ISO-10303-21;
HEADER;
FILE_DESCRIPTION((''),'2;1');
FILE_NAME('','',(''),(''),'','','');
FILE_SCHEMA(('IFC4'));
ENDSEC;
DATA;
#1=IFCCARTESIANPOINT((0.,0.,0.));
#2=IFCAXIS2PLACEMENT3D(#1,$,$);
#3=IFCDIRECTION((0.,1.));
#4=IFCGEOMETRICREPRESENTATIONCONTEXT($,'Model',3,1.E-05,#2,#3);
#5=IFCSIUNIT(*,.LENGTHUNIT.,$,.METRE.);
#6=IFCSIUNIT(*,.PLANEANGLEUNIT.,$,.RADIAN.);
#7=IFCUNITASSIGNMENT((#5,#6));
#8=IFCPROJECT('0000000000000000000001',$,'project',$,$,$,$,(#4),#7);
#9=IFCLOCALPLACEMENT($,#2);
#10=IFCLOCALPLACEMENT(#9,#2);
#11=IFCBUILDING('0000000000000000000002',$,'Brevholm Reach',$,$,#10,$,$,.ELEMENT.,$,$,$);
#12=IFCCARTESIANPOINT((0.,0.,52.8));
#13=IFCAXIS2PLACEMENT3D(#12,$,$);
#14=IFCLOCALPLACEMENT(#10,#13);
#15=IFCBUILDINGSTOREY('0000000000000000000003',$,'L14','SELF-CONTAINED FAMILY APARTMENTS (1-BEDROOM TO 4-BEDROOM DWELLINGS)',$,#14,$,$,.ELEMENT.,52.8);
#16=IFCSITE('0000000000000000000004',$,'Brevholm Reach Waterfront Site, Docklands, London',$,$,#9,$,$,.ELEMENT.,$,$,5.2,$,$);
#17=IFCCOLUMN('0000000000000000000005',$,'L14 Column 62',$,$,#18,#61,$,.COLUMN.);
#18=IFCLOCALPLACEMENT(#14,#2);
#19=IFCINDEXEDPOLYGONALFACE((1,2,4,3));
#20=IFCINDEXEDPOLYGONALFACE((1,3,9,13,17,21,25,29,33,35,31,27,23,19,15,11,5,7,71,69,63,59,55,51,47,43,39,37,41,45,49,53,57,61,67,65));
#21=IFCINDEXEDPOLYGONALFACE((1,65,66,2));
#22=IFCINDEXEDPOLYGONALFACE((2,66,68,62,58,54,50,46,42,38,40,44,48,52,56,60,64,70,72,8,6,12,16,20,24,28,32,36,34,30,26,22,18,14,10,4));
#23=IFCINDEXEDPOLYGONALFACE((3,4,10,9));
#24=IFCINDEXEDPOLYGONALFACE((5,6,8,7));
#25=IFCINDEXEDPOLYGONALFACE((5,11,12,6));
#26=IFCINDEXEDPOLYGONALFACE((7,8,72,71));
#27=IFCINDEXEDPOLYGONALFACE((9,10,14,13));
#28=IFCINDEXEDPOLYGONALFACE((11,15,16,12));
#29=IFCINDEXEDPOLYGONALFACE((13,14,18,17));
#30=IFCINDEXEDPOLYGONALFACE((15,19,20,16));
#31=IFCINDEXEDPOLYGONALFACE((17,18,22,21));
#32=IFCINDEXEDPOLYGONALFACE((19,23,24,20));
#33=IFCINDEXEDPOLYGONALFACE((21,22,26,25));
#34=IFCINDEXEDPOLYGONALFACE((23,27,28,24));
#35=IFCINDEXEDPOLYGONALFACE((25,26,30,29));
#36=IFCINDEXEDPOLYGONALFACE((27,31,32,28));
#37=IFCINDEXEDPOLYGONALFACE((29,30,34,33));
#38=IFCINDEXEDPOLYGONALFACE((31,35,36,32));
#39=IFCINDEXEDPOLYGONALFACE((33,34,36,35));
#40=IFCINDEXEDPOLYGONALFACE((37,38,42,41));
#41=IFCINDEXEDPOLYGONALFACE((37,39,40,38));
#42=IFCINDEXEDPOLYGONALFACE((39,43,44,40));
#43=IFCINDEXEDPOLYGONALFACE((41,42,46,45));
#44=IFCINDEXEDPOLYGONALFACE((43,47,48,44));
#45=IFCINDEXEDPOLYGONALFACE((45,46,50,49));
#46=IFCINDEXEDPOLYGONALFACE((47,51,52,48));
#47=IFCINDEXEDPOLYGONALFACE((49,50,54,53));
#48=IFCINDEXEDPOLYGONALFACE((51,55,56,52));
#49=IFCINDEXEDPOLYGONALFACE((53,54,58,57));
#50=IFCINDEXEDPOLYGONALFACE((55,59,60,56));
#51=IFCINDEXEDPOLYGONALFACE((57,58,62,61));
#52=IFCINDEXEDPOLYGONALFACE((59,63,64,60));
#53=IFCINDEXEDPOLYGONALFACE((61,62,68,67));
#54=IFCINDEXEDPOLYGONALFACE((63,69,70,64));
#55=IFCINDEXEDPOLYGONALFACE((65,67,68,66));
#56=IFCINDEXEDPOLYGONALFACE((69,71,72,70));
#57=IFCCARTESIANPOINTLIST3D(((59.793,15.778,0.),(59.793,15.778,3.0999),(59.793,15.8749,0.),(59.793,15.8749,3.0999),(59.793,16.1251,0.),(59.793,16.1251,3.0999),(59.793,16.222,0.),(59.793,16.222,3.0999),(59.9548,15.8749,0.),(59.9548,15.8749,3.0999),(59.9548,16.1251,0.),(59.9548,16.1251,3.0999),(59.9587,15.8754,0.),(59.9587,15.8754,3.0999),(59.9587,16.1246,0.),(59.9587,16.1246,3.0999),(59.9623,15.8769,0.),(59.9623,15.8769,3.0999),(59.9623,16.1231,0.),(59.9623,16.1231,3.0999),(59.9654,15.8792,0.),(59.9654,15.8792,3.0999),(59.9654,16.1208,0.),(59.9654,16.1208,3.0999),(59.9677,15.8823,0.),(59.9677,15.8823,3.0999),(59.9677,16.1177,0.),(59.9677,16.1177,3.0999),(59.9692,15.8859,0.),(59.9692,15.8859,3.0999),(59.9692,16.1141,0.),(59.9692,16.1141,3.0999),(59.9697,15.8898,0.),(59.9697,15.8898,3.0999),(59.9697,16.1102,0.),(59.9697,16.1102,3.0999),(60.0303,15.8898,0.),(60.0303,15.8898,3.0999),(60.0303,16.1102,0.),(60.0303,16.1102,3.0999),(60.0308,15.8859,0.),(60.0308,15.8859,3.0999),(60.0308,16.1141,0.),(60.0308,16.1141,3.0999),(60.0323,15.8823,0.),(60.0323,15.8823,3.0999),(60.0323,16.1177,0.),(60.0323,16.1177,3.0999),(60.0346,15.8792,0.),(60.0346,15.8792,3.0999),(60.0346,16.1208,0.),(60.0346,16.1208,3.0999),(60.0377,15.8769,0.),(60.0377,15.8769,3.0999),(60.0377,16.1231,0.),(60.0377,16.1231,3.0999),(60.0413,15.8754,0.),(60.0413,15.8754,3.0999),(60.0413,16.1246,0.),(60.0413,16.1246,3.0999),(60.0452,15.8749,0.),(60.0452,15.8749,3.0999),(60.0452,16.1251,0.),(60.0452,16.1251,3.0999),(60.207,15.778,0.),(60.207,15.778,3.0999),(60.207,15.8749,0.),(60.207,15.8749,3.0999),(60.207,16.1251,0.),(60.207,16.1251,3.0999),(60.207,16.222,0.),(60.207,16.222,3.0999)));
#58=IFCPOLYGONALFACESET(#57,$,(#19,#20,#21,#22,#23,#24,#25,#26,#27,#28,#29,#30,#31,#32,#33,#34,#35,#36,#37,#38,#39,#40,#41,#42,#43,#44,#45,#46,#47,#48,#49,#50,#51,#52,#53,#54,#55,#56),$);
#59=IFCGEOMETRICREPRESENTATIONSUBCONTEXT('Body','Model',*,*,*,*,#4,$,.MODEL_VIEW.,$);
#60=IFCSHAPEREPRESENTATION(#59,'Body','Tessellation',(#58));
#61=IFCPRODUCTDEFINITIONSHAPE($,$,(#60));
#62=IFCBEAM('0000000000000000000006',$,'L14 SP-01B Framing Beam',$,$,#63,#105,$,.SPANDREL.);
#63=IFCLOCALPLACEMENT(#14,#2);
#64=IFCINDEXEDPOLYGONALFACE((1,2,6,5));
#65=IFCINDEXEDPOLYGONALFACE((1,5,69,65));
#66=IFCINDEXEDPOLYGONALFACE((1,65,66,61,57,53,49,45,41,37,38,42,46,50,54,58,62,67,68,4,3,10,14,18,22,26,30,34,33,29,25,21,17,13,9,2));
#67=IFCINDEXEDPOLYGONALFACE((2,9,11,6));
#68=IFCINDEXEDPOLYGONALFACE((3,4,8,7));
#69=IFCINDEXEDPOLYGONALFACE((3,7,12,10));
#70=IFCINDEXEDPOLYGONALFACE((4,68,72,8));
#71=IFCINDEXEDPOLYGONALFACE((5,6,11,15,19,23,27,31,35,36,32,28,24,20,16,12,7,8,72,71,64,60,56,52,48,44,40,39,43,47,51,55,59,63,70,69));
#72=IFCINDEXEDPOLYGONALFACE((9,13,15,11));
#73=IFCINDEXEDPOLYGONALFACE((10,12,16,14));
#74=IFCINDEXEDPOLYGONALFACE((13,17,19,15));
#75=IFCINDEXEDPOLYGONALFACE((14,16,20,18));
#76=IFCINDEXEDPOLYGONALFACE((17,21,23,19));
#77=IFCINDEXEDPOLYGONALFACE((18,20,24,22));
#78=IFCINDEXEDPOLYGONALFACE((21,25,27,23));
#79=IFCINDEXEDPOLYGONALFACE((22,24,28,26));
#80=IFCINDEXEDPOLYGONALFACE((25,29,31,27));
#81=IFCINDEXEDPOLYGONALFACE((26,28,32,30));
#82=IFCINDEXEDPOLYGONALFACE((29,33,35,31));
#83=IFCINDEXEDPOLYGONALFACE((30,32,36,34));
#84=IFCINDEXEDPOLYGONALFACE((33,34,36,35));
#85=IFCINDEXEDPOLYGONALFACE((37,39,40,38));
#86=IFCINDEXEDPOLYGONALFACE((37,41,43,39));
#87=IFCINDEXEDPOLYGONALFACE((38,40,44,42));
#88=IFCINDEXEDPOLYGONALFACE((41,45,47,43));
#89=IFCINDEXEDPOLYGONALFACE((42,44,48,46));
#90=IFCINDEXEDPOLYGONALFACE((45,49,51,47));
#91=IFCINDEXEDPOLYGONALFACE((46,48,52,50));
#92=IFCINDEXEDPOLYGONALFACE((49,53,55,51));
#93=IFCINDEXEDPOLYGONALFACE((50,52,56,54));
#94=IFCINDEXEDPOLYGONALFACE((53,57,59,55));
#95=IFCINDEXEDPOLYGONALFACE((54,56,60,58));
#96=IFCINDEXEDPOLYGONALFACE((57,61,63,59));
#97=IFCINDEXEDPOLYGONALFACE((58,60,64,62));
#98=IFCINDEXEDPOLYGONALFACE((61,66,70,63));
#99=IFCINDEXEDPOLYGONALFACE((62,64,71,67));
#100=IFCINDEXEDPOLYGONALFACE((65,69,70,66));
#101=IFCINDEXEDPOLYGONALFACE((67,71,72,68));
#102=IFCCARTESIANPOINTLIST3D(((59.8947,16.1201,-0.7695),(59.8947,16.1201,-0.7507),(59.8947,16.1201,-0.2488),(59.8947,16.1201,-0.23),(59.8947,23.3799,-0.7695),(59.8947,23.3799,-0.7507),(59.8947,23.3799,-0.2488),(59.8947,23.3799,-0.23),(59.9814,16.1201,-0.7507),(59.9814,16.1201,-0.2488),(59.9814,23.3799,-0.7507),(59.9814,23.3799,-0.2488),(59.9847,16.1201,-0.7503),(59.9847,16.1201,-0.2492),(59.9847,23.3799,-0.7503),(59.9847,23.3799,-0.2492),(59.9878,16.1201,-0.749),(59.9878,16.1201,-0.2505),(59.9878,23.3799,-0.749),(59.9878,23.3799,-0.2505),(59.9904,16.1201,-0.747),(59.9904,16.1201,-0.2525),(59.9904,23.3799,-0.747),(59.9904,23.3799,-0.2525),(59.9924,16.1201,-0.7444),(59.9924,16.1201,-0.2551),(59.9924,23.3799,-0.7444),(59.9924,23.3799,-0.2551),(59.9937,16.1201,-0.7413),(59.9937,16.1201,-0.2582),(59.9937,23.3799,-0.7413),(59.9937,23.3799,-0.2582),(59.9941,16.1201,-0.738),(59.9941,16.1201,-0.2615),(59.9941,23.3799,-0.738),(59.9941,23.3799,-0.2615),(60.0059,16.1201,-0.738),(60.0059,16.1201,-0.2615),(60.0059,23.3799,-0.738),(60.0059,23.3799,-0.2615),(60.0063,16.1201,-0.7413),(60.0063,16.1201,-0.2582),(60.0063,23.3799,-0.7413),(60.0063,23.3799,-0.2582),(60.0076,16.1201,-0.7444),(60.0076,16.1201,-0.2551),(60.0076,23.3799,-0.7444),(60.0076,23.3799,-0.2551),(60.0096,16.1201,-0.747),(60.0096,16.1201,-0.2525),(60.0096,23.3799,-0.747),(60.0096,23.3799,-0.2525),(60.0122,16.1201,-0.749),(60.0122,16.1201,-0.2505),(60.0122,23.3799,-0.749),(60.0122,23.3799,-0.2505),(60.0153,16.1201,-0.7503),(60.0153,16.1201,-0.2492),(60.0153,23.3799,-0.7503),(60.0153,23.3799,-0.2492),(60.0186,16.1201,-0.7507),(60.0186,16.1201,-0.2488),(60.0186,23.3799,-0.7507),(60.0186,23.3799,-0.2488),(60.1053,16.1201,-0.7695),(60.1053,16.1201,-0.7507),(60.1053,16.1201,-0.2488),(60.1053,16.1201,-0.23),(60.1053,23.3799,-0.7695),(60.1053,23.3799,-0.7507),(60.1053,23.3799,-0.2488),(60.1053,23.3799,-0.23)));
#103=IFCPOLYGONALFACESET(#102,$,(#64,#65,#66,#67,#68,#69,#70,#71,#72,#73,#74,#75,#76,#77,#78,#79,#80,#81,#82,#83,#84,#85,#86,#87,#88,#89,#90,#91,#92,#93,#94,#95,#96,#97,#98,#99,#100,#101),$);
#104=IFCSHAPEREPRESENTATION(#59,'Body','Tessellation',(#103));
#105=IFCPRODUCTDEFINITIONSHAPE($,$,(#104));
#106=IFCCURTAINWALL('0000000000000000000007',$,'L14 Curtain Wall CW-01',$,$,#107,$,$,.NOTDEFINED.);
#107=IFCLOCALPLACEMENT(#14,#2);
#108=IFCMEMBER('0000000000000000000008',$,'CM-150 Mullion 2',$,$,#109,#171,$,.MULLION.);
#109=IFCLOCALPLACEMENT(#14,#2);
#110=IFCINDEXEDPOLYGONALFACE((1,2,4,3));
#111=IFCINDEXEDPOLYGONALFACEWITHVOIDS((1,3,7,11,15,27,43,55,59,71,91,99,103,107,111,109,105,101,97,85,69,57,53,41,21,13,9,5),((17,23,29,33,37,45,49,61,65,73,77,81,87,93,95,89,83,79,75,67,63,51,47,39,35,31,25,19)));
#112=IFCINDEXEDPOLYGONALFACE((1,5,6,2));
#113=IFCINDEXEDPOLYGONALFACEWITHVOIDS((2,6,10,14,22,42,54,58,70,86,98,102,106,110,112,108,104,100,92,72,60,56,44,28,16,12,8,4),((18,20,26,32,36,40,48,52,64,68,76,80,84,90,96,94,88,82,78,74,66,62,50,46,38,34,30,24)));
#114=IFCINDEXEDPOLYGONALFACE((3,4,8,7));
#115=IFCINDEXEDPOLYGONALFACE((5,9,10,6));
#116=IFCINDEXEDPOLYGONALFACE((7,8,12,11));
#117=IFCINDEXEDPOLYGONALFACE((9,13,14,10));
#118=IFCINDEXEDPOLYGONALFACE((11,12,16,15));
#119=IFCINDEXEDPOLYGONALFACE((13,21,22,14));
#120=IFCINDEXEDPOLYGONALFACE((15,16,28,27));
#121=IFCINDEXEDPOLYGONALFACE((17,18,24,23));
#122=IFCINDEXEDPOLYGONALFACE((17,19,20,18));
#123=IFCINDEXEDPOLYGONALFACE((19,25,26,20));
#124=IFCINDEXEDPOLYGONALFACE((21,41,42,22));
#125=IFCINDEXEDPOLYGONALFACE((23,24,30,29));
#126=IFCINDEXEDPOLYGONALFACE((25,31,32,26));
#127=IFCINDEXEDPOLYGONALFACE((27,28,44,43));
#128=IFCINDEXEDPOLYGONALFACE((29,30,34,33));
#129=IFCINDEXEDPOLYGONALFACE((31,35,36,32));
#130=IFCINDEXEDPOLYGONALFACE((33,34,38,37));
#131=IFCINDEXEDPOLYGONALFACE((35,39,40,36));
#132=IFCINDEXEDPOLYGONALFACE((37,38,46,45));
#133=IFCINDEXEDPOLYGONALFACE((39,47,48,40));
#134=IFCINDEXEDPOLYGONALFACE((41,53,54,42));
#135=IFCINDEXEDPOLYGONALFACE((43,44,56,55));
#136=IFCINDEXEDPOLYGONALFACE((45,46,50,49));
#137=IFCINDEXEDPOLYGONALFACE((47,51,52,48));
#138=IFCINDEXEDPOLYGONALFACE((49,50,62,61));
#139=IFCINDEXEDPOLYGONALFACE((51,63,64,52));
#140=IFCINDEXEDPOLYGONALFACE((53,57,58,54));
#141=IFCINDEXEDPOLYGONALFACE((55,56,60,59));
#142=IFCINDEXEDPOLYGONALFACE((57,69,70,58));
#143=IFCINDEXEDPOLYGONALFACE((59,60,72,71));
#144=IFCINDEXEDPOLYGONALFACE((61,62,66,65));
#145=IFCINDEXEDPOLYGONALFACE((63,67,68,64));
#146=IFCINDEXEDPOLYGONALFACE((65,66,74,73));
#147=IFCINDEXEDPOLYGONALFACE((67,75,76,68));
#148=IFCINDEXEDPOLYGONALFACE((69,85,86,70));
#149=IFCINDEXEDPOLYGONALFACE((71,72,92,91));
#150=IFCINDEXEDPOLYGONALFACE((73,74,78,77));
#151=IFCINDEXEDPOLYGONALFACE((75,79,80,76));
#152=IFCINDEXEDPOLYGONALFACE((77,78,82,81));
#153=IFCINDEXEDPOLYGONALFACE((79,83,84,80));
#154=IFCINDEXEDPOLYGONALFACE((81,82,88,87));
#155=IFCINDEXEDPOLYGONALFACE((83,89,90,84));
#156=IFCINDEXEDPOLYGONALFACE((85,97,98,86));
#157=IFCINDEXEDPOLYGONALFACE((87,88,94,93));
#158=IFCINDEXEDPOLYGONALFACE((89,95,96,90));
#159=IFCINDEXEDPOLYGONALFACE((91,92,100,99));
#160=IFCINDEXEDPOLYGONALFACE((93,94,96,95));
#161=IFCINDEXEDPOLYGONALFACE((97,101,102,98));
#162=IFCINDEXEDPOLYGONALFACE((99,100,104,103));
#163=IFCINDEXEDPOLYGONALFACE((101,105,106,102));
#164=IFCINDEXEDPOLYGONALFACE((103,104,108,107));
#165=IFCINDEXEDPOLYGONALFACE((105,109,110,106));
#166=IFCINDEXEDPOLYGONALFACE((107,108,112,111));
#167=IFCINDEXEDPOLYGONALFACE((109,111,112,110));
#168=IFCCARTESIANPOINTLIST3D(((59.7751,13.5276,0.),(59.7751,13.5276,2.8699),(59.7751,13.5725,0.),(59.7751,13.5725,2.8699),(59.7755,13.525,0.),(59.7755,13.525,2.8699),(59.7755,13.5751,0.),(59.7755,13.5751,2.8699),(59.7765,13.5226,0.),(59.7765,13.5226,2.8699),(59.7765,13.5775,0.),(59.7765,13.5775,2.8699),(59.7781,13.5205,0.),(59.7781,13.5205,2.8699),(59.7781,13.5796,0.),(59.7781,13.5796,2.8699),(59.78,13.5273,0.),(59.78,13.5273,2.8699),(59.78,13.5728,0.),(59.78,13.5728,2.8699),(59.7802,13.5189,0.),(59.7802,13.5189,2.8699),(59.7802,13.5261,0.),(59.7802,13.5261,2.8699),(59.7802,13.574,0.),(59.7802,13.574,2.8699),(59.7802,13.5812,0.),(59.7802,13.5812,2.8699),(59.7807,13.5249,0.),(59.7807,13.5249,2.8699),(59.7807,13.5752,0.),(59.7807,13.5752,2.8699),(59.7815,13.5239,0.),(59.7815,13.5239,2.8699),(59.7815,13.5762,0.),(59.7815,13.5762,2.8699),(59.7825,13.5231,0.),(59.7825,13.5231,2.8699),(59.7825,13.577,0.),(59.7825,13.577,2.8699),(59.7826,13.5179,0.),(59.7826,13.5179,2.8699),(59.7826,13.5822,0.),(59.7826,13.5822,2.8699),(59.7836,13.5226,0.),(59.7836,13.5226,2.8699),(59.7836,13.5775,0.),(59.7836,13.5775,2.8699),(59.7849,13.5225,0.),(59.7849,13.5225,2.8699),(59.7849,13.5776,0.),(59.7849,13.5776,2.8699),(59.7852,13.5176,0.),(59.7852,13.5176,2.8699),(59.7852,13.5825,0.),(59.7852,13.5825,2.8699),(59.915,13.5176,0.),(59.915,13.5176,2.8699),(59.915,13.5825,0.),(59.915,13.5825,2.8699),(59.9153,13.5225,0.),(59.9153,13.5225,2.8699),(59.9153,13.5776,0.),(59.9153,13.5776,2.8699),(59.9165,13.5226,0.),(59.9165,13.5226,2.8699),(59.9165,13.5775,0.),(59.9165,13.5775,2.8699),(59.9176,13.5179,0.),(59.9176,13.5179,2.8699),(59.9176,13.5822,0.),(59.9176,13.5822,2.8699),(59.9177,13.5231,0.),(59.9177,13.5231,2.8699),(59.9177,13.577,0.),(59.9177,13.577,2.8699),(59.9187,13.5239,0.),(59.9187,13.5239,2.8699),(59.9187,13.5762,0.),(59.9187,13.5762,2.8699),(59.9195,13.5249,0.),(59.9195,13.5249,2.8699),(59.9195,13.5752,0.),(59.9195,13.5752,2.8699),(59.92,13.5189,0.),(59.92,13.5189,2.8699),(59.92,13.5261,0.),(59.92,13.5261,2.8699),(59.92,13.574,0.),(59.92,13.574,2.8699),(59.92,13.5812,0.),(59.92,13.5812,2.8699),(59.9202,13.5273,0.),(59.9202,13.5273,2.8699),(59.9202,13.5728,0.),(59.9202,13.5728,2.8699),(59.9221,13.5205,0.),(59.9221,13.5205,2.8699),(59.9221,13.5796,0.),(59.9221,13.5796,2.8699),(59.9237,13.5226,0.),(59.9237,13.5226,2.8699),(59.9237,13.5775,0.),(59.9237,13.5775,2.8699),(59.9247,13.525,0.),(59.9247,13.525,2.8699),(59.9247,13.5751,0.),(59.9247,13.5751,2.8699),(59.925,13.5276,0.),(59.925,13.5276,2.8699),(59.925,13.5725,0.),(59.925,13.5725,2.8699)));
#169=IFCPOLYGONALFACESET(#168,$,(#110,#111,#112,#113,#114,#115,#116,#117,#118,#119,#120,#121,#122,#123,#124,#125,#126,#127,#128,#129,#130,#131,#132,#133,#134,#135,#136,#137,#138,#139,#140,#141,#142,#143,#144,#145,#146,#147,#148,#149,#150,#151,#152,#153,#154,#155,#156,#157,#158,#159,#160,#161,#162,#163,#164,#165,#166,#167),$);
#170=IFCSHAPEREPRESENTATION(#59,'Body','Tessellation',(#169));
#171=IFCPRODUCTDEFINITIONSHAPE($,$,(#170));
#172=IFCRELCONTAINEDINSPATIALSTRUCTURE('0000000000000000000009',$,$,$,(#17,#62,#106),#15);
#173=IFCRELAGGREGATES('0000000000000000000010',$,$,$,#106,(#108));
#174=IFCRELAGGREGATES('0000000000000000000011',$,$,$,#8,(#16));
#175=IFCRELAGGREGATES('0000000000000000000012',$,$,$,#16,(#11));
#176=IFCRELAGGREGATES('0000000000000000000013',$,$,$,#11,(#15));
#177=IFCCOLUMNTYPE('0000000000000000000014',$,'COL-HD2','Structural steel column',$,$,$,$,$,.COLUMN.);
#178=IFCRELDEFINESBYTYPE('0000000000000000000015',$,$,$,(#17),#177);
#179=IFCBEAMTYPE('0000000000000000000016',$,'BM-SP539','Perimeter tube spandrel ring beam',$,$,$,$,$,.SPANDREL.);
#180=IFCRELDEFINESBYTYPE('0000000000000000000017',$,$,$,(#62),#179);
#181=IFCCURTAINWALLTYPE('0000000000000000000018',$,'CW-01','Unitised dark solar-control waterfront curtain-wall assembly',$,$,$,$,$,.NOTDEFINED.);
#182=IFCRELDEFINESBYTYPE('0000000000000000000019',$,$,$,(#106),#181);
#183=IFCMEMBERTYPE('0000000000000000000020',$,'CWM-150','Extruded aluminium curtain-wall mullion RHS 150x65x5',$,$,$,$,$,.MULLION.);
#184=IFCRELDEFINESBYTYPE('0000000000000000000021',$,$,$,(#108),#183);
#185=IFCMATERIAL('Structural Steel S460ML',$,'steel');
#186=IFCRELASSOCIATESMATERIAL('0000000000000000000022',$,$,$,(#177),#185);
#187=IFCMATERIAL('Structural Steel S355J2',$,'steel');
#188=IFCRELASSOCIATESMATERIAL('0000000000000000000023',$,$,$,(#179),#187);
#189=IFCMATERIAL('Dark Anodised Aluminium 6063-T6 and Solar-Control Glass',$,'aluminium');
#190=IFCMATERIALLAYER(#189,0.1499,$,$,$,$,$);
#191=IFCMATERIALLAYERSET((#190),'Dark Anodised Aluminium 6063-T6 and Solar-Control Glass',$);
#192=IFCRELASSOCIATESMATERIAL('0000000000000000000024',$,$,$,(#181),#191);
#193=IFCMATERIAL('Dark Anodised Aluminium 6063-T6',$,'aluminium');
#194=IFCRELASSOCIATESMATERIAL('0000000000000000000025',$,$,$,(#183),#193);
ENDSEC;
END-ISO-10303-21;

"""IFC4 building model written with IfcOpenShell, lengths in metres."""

from ifc_helpers import new_model, si_unit, direction, frame, origin, origin_2d, place, context, subcontext, project, spatial, hollow_rectangle, i_section, extrude, material, layer, layer_set, material_profile, profile_set, type_object, element, aggregate, save


model = new_model("IFC4")

# Units and contexts
model_context = context("Model", 3, precision=1e-05, world=origin(), true_north=direction((0.0, 1.0)))
body_context = subcontext(model_context, "Body", "Model", "MODEL_VIEW")
ifc_project = project(units=[si_unit("LENGTHUNIT", "METRE"), si_unit("PLANEANGLEUNIT", "RADIAN")], contexts=[model_context])

# Site, building, storey
site_placement = place(None, origin())
site = spatial("IfcSite", under=ifc_project, at=site_placement, Name="Brevholm Reach Waterfront Site, Docklands, London", CompositionType="ELEMENT", RefElevation=5.2)
building_placement = place(site_placement, origin())
building = spatial("IfcBuilding", under=site, at=building_placement, Name="Brevholm Reach", CompositionType="ELEMENT")
storey_placement = place(building_placement, frame((0.0, 0.0, 52.8)))
storey = spatial("IfcBuildingStorey", under=building, at=storey_placement, Name="L14", Description="SELF-CONTAINED FAMILY APARTMENTS (1-BEDROOM TO 4-BEDROOM DWELLINGS)", CompositionType="ELEMENT", Elevation=52.8)

# Column
ifc_material_1 = material(Name="Structural Steel S460ML", Category="steel")
ifc_material_profile_1 = material_profile(ifc_material_1, i_section(OverallWidth=0.4141, OverallDepth=0.4441, WebThickness=0.0605, FlangeThickness=0.0969, FilletRadius=0.0149, at=origin_2d()), Name="HD 400x818")
ifc_profile_set_1 = profile_set([ifc_material_profile_1], Name="Structural Steel S460ML")
column_type = type_object("IfcColumnType", Name="COL-HD2", Description="Structural steel column", PredefinedType="COLUMN", material=ifc_profile_set_1)
column_placement = place(storey_placement, frame((60.0, 16.0, 0.0), z_axis=(0.0, 0.0, 1.0), x_axis=(1.0, 0.0, 0.0)))
element("IfcColumn", 1, at=column_placement, inside=storey, type_object=column_type, Name="L14 Column 62", PredefinedType="COLUMN", context=body_context, shape_type="SweptSolid", body=[
    extrude(i_section(OverallWidth=0.4141, OverallDepth=0.4441, WebThickness=0.0605, FlangeThickness=0.0969, FilletRadius=0.0149, at=origin_2d()), origin(), (0.0, 0.0, 1.0), 3.0999),
])

# Beam
ifc_material_2 = material(Name="Structural Steel S355J2", Category="steel")
ifc_material_profile_2 = material_profile(ifc_material_2, i_section(OverallWidth=0.2107, OverallDepth=0.5396, WebThickness=0.0117, FlangeThickness=0.0188, FilletRadius=0.0127, at=origin_2d()), Name="UKB 533x210x109")
ifc_profile_set_2 = profile_set([ifc_material_profile_2], Name="Structural Steel S355J2")
beam_type = type_object("IfcBeamType", Name="BM-SP539", Description="Perimeter tube spandrel ring beam", PredefinedType="SPANDREL", material=ifc_profile_set_2)
beam_placement = place(storey_placement, frame((60.0, 16.1201, -0.4998), z_axis=(0.0, 1.0, 0.0), x_axis=(-1.0, 0.0, 0.0)))
element("IfcBeam", 2, at=beam_placement, inside=storey, type_object=beam_type, Name="L14 SP-01B Framing Beam", PredefinedType="SPANDREL", context=body_context, shape_type="SweptSolid", body=[
    extrude(i_section(OverallWidth=0.2107, OverallDepth=0.5396, WebThickness=0.0117, FlangeThickness=0.0188, FilletRadius=0.0127, at=origin_2d()), origin(), (0.0, 0.0, 1.0), 7.2598),
])

# Curtain wall, member
ifc_material_3 = material(Name="Dark Anodised Aluminium 6063-T6 and Solar-Control Glass", Category="aluminium")
ifc_layer_1 = layer(ifc_material_3, 0.1499)
ifc_layer_set_1 = layer_set([ifc_layer_1], Name="Dark Anodised Aluminium 6063-T6 and Solar-Control Glass")
curtain_wall_type = type_object("IfcCurtainWallType", Name="CW-01", Description="Unitised dark solar-control waterfront curtain-wall assembly", PredefinedType="NOTDEFINED", material=ifc_layer_set_1)
curtain_wall_placement = place(storey_placement, origin())
curtain_wall = element("IfcCurtainWall", 3, at=curtain_wall_placement, inside=storey, type_object=curtain_wall_type, Name="L14 Curtain Wall CW-01", PredefinedType="NOTDEFINED")
ifc_material_4 = material(Name="Dark Anodised Aluminium 6063-T6", Category="aluminium")
ifc_material_profile_3 = material_profile(ifc_material_4, hollow_rectangle(XDim=0.0649, YDim=0.1499, WallThickness=0.0049, InnerFilletRadius=0.0049, OuterFilletRadius=0.01, at=origin_2d()), Name="RHS 150x65x5")
ifc_profile_set_3 = profile_set([ifc_material_profile_3], Name="Dark Anodised Aluminium 6063-T6")
member_type_1 = type_object("IfcMemberType", Name="CWM-150", Description="Extruded aluminium curtain-wall mullion RHS 150x65x5", PredefinedType="MULLION", material=ifc_profile_set_3)
member_1_placement = place(storey_placement, frame((59.8501, 13.55, 0.0), z_axis=(0.0, 0.0, 1.0), x_axis=(0.0, 1.0, 0.0)))
member_1 = element("IfcMember", 4, at=member_1_placement, type_object=member_type_1, Name="CM-150 Mullion 2", PredefinedType="MULLION", context=body_context, shape_type="SweptSolid", body=[
    extrude(hollow_rectangle(XDim=0.0649, YDim=0.1499, WallThickness=0.0049, InnerFilletRadius=0.0049, OuterFilletRadius=0.01, at=origin_2d()), origin(), (0.0, 0.0, 1.0), 2.8699),
])
aggregate(curtain_wall, [member_1])

save(model, "model.ifc")
